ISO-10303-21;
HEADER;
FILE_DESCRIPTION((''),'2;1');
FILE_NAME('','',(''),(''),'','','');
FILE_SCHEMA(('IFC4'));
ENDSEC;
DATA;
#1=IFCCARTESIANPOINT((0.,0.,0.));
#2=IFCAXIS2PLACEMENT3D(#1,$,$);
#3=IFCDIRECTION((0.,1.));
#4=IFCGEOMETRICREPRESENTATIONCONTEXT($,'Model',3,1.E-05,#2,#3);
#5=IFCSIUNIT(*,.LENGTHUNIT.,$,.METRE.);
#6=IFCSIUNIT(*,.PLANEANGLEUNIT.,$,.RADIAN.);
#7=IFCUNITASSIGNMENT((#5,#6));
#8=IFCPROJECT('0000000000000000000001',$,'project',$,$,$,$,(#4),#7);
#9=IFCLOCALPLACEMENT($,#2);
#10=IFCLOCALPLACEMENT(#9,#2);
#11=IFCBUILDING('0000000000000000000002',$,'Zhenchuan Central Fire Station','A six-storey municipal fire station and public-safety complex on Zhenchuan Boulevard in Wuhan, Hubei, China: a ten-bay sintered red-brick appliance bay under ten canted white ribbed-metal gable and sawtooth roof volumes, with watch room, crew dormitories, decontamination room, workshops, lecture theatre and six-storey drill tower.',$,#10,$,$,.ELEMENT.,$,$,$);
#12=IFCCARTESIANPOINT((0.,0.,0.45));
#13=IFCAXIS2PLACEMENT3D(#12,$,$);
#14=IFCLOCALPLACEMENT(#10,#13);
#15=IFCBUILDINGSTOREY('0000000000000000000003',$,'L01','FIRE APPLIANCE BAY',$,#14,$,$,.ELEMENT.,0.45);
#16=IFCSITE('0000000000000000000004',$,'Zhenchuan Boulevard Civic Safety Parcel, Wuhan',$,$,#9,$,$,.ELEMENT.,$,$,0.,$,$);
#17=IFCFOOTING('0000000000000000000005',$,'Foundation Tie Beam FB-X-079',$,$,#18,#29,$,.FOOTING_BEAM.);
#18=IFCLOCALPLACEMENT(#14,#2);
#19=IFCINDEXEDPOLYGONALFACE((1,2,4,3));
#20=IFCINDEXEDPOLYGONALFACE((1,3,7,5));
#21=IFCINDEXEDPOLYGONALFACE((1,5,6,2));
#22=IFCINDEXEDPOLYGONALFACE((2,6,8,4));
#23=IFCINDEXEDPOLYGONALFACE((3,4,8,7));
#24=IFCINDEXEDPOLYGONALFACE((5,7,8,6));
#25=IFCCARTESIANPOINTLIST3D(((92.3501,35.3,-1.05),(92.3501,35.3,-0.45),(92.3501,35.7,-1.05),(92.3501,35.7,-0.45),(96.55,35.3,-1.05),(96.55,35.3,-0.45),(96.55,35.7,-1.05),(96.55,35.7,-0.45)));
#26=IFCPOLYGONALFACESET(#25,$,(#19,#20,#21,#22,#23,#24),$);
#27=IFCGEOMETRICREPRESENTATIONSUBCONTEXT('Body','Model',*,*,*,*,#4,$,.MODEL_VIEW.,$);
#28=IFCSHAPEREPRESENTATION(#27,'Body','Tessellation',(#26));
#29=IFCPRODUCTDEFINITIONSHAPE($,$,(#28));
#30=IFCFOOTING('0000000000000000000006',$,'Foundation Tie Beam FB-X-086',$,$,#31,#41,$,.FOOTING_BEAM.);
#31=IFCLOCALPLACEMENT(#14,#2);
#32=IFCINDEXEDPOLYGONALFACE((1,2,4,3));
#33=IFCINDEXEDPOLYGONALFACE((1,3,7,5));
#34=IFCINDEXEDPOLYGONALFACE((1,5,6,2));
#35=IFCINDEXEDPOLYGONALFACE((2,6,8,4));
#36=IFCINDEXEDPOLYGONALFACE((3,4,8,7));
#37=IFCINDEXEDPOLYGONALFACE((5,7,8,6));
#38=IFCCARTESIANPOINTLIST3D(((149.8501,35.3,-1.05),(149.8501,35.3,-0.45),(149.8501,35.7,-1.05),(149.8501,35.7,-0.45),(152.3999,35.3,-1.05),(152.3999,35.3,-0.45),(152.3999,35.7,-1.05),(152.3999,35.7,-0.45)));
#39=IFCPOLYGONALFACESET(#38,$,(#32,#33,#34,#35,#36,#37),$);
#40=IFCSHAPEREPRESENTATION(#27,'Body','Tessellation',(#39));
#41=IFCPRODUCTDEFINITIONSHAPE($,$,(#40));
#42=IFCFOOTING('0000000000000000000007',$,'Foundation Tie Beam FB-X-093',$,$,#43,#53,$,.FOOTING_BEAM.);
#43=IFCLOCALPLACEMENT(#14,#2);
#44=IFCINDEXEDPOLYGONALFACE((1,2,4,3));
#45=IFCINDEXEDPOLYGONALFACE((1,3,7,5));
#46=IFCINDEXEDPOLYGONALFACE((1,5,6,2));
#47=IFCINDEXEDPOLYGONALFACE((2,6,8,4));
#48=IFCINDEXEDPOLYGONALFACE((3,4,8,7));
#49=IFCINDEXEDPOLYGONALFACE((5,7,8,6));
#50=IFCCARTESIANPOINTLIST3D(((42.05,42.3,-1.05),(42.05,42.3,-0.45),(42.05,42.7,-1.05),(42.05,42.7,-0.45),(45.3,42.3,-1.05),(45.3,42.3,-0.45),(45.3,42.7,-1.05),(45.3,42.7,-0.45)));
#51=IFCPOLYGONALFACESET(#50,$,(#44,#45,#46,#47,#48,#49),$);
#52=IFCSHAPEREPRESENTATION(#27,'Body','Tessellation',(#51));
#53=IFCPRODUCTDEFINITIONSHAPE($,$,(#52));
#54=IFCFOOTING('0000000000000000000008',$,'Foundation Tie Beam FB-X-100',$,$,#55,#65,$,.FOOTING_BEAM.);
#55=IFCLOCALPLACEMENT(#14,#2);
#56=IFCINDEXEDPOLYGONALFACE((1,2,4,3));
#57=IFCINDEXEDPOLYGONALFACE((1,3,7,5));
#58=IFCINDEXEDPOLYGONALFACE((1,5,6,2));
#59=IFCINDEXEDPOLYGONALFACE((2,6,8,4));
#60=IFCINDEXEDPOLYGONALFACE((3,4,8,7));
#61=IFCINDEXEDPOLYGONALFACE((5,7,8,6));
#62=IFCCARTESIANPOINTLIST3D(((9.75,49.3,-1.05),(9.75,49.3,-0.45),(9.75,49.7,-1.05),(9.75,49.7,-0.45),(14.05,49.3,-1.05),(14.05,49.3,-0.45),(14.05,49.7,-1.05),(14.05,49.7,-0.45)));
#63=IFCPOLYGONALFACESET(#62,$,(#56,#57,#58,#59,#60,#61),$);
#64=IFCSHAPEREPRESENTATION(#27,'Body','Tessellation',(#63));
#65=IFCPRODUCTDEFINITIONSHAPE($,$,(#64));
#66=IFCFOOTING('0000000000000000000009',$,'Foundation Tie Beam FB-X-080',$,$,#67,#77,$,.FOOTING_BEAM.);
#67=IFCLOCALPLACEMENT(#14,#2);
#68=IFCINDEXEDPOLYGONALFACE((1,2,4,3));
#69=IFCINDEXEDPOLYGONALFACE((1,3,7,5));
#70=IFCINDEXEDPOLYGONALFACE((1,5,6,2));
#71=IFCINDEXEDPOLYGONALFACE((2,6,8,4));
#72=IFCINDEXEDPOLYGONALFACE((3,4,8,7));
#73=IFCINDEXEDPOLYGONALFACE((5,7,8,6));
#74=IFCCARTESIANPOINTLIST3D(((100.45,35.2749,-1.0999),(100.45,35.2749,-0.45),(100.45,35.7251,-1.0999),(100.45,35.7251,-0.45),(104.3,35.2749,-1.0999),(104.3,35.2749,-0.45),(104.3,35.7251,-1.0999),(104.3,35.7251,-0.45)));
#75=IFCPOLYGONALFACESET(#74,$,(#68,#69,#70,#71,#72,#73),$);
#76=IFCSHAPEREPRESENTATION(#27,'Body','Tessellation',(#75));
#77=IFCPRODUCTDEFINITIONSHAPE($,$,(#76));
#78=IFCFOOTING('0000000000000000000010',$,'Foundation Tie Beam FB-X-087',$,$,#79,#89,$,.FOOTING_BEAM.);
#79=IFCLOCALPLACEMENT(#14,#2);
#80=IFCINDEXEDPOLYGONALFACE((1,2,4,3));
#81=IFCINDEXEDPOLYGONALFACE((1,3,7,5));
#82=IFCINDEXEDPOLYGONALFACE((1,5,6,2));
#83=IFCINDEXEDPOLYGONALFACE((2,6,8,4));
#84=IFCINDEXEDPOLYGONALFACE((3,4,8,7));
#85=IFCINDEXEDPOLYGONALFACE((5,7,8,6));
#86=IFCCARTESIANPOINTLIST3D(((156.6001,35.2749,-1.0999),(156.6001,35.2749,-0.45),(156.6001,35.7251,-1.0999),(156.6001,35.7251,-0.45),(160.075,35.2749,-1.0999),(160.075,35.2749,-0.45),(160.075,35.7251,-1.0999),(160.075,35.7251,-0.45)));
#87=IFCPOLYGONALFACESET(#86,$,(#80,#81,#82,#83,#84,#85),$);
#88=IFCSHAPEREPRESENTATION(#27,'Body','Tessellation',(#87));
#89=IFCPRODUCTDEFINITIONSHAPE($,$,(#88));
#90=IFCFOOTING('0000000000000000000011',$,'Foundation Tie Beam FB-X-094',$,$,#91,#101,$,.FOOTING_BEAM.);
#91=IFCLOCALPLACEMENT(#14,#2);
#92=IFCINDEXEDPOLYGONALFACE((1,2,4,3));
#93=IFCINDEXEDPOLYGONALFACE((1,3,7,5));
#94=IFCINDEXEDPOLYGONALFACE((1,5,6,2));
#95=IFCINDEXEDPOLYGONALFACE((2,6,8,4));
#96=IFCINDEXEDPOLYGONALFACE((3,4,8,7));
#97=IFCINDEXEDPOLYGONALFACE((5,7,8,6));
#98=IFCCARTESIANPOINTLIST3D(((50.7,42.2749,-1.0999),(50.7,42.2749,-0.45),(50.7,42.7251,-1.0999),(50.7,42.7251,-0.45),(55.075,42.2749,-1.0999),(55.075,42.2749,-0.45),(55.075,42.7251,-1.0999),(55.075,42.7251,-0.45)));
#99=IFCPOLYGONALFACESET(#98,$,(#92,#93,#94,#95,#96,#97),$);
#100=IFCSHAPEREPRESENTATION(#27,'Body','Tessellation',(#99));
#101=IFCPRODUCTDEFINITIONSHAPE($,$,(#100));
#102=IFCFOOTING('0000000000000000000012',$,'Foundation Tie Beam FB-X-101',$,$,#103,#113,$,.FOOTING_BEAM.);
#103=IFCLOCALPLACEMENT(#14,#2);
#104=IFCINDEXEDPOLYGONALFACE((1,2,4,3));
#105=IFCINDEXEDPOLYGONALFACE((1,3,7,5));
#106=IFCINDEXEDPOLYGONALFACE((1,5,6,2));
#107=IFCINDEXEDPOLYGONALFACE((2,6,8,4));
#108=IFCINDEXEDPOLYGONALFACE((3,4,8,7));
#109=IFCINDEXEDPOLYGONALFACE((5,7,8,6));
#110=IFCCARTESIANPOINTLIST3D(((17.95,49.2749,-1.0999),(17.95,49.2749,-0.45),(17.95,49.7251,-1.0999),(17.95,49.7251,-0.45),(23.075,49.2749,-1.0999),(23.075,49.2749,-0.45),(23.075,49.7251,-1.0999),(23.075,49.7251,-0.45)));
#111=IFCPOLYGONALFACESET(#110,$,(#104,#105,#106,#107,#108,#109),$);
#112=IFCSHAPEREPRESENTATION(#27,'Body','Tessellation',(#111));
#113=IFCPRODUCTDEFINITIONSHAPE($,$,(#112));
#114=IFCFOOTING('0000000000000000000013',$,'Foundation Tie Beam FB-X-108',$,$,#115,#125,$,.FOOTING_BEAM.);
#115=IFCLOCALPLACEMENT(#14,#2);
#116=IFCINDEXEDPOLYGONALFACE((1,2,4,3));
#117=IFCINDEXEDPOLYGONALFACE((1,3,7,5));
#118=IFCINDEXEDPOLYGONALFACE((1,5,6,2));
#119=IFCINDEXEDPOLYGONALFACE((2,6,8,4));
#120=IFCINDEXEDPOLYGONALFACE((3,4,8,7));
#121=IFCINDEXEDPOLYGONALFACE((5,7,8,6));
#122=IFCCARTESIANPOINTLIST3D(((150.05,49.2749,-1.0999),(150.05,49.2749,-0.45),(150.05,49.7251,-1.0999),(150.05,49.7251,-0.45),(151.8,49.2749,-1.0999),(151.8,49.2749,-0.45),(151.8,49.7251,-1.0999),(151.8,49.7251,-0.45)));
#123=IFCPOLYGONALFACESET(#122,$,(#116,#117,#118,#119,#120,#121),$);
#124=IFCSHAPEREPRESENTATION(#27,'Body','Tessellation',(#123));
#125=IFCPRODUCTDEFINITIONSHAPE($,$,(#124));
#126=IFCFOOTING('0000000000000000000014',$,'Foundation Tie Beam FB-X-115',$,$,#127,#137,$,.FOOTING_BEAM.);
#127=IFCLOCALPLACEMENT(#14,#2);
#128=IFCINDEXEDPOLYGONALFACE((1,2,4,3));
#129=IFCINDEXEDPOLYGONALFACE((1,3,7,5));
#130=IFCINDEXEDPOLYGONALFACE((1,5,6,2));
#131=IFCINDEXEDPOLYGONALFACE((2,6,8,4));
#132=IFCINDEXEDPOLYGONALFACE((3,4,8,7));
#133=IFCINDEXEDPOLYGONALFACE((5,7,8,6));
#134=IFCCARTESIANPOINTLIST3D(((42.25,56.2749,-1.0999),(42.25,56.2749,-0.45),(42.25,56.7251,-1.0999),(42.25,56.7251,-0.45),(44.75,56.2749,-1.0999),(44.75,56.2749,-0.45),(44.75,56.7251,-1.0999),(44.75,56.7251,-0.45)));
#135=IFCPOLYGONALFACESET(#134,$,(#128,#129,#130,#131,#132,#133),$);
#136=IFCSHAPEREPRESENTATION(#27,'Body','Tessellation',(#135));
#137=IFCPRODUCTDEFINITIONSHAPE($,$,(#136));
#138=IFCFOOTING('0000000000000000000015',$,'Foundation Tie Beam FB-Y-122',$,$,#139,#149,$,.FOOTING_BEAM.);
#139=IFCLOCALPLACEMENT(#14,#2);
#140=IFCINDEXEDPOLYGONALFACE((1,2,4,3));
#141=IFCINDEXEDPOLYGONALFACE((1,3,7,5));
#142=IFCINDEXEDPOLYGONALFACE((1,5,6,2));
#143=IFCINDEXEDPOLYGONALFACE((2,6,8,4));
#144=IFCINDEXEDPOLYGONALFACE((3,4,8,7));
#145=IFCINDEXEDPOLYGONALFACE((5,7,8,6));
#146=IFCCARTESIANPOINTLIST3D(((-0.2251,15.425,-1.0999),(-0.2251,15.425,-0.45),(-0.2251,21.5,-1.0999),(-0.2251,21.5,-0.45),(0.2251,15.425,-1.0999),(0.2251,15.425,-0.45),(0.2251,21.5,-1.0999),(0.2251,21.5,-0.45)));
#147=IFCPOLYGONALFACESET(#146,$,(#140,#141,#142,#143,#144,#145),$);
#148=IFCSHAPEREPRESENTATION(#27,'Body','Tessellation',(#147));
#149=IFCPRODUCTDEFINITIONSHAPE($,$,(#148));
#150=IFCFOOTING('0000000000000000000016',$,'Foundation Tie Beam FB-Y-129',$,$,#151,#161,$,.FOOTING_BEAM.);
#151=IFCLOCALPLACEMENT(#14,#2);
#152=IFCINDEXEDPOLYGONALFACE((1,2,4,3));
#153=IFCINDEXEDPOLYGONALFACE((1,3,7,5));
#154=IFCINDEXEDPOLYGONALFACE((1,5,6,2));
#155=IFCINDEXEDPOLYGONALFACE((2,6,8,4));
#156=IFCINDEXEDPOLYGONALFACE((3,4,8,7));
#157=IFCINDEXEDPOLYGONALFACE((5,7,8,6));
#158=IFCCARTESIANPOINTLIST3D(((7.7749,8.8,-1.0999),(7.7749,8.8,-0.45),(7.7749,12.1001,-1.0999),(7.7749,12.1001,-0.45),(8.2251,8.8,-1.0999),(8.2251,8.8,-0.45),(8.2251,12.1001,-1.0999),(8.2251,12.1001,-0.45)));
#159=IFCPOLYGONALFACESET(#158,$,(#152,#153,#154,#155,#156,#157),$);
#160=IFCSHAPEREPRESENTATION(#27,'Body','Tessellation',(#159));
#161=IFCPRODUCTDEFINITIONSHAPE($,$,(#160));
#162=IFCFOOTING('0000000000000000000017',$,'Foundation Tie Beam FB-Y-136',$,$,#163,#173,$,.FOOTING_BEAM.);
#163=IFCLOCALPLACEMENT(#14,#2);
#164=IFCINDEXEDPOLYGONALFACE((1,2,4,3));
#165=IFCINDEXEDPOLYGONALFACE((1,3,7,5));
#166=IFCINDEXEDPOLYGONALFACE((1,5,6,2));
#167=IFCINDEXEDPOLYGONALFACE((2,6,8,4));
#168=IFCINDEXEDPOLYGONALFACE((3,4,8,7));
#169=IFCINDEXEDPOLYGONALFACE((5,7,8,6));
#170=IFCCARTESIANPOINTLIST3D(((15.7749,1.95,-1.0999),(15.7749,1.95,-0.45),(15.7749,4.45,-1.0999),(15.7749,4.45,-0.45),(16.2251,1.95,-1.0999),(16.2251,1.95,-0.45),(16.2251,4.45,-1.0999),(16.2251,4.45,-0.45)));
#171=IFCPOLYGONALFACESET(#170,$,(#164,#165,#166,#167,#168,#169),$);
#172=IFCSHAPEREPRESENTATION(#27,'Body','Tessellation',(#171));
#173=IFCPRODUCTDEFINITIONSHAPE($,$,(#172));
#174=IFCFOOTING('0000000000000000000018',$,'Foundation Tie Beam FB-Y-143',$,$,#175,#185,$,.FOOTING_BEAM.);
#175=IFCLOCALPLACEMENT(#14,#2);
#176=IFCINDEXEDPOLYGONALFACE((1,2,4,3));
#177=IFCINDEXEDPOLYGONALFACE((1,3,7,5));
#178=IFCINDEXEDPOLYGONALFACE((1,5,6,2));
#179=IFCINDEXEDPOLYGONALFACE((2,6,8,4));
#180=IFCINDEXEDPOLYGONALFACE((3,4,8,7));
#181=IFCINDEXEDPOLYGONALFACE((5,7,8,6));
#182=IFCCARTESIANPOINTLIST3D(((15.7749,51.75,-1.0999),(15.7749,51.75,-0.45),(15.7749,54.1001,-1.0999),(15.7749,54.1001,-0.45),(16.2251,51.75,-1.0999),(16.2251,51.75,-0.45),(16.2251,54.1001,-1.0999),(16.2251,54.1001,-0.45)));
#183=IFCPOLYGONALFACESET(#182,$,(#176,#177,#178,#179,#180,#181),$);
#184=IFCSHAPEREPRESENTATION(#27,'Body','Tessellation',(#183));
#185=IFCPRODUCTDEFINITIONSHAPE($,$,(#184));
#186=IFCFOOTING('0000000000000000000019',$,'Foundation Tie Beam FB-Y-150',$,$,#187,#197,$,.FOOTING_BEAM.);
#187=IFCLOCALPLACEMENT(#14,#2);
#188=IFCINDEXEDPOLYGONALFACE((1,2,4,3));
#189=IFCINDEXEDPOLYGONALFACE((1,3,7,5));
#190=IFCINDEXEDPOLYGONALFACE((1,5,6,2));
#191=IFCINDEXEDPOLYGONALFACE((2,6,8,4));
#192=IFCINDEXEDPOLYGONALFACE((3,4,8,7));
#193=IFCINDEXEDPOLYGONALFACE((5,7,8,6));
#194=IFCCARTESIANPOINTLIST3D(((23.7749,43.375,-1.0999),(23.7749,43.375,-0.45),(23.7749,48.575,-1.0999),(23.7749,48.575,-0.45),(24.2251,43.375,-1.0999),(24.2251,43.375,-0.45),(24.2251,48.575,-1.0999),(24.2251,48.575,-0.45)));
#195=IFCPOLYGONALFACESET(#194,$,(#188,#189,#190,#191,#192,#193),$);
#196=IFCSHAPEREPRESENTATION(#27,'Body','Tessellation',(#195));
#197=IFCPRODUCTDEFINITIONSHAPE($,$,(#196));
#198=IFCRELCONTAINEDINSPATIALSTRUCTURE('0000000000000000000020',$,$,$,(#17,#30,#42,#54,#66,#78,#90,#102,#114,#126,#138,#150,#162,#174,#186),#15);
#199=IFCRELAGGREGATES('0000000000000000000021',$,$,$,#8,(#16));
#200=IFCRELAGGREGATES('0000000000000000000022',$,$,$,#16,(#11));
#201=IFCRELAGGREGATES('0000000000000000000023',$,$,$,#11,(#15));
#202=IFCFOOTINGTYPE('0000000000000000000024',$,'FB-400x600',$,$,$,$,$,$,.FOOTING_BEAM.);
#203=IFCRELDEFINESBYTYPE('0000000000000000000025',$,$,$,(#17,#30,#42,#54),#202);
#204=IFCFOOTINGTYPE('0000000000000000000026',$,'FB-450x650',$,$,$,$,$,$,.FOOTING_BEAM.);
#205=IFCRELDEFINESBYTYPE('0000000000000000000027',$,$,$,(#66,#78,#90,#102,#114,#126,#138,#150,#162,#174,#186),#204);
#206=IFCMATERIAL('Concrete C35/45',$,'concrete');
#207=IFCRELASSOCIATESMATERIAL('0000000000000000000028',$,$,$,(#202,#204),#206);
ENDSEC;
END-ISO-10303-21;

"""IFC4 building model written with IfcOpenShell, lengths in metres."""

from ifc_helpers import new_model, si_unit, direction, frame, origin, place, context, subcontext, project, spatial, polyline, outline, extrude, material, type_object, element, save


model = new_model("IFC4")

# Units and contexts
model_context = context("Model", 3, precision=1e-05, world=origin(), true_north=direction((0.0, 1.0)))
body_context = subcontext(model_context, "Body", "Model", "MODEL_VIEW")
ifc_project = project(units=[si_unit("LENGTHUNIT", "METRE"), si_unit("PLANEANGLEUNIT", "RADIAN")], contexts=[model_context])

# Site, building, storey
site_placement = place(None, origin())
site = spatial("IfcSite", under=ifc_project, at=site_placement, Name="Zhenchuan Boulevard Civic Safety Parcel, Wuhan", CompositionType="ELEMENT", RefElevation=0.0)
building_placement = place(site_placement, origin())
building = spatial("IfcBuilding", under=site, at=building_placement, Name="Zhenchuan Central Fire Station", Description="A six-storey municipal fire station and public-safety complex on Zhenchuan Boulevard in Wuhan, Hubei, China: a ten-bay sintered red-brick appliance bay under ten canted white ribbed-metal gable and sawtooth roof volumes, with watch room, crew dormitories, decontamination room, workshops, lecture theatre and six-storey drill tower.", CompositionType="ELEMENT")
storey_placement = place(building_placement, frame((0.0, 0.0, 0.45)))
storey = spatial("IfcBuildingStorey", under=building, at=storey_placement, Name="L01", Description="FIRE APPLIANCE BAY", CompositionType="ELEMENT", Elevation=0.45)

# Footings
ifc_material = material(Name="Concrete C35/45", Category="concrete")
footing_type_1 = type_object("IfcFootingType", Name="FB-400x600", PredefinedType="FOOTING_BEAM", material=ifc_material)
footing_1_placement = place(storey_placement, frame((0.0, 0.0, -1.05)))
element("IfcFooting", 1, at=footing_1_placement, inside=storey, type_object=footing_type_1, Name="Foundation Tie Beam FB-X-079", PredefinedType="FOOTING_BEAM", context=body_context, shape_type="SweptSolid", body=[
    extrude(outline(polyline([(92.3501, 35.3), (96.55, 35.3), (96.55, 35.7), (92.3501, 35.7), (92.3501, 35.3)])), origin(), (0.0, 0.0, 1.0), 0.6001),
])
footing_2_placement = place(storey_placement, frame((0.0, 0.0, -1.05)))
element("IfcFooting", 2, at=footing_2_placement, inside=storey, type_object=footing_type_1, Name="Foundation Tie Beam FB-X-086", PredefinedType="FOOTING_BEAM", context=body_context, shape_type="SweptSolid", body=[
    extrude(outline(polyline([(149.8501, 35.3), (152.3999, 35.3), (152.3999, 35.7), (149.8501, 35.7), (149.8501, 35.3)])), origin(), (0.0, 0.0, 1.0), 0.6001),
])
footing_3_placement = place(storey_placement, frame((0.0, 0.0, -1.05)))
element("IfcFooting", 3, at=footing_3_placement, inside=storey, type_object=footing_type_1, Name="Foundation Tie Beam FB-X-093", PredefinedType="FOOTING_BEAM", context=body_context, shape_type="SweptSolid", body=[
    extrude(outline(polyline([(42.05, 42.3), (45.3, 42.3), (45.3, 42.7), (42.05, 42.7), (42.05, 42.3)])), origin(), (0.0, 0.0, 1.0), 0.6001),
])
footing_4_placement = place(storey_placement, frame((0.0, 0.0, -1.05)))
element("IfcFooting", 4, at=footing_4_placement, inside=storey, type_object=footing_type_1, Name="Foundation Tie Beam FB-X-100", PredefinedType="FOOTING_BEAM", context=body_context, shape_type="SweptSolid", body=[
    extrude(outline(polyline([(9.75, 49.3), (14.05, 49.3), (14.05, 49.7), (9.75, 49.7), (9.75, 49.3)])), origin(), (0.0, 0.0, 1.0), 0.6001),
])
footing_type_2 = type_object("IfcFootingType", Name="FB-450x650", PredefinedType="FOOTING_BEAM", material=ifc_material)
footing_5_placement = place(storey_placement, frame((0.0, 0.0, -1.0999)))
element("IfcFooting", 5, at=footing_5_placement, inside=storey, type_object=footing_type_2, Name="Foundation Tie Beam FB-X-080", PredefinedType="FOOTING_BEAM", context=body_context, shape_type="SweptSolid", body=[
    extrude(outline(polyline([(100.45, 35.2749), (104.3, 35.2749), (104.3, 35.7251), (100.45, 35.7251), (100.45, 35.2749)])), origin(), (0.0, 0.0, 1.0), 0.6499),
])
footing_6_placement = place(storey_placement, frame((0.0, 0.0, -1.0999)))
element("IfcFooting", 6, at=footing_6_placement, inside=storey, type_object=footing_type_2, Name="Foundation Tie Beam FB-X-087", PredefinedType="FOOTING_BEAM", context=body_context, shape_type="SweptSolid", body=[
    extrude(outline(polyline([(156.6001, 35.2749), (160.075, 35.2749), (160.075, 35.7251), (156.6001, 35.7251), (156.6001, 35.2749)])), origin(), (0.0, 0.0, 1.0), 0.6499),
])
footing_7_placement = place(storey_placement, frame((0.0, 0.0, -1.0999)))
element("IfcFooting", 7, at=footing_7_placement, inside=storey, type_object=footing_type_2, Name="Foundation Tie Beam FB-X-094", PredefinedType="FOOTING_BEAM", context=body_context, shape_type="SweptSolid", body=[
    extrude(outline(polyline([(50.7, 42.2749), (55.075, 42.2749), (55.075, 42.7251), (50.7, 42.7251), (50.7, 42.2749)])), origin(), (0.0, 0.0, 1.0), 0.6499),
])
footing_8_placement = place(storey_placement, frame((0.0, 0.0, -1.0999)))
element("IfcFooting", 8, at=footing_8_placement, inside=storey, type_object=footing_type_2, Name="Foundation Tie Beam FB-X-101", PredefinedType="FOOTING_BEAM", context=body_context, shape_type="SweptSolid", body=[
    extrude(outline(polyline([(17.95, 49.2749), (23.075, 49.2749), (23.075, 49.7251), (17.95, 49.7251), (17.95, 49.2749)])), origin(), (0.0, 0.0, 1.0), 0.6499),
])
footing_9_placement = place(storey_placement, frame((0.0, 0.0, -1.0999)))
element("IfcFooting", 9, at=footing_9_placement, inside=storey, type_object=footing_type_2, Name="Foundation Tie Beam FB-X-108", PredefinedType="FOOTING_BEAM", context=body_context, shape_type="SweptSolid", body=[
    extrude(outline(polyline([(150.05, 49.2749), (151.8, 49.2749), (151.8, 49.7251), (150.05, 49.7251), (150.05, 49.2749)])), origin(), (0.0, 0.0, 1.0), 0.6499),
])
footing_10_placement = place(storey_placement, frame((0.0, 0.0, -1.0999)))
element("IfcFooting", 10, at=footing_10_placement, inside=storey, type_object=footing_type_2, Name="Foundation Tie Beam FB-X-115", PredefinedType="FOOTING_BEAM", context=body_context, shape_type="SweptSolid", body=[
    extrude(outline(polyline([(42.25, 56.2749), (44.75, 56.2749), (44.75, 56.7251), (42.25, 56.7251), (42.25, 56.2749)])), origin(), (0.0, 0.0, 1.0), 0.6499),
])
footing_11_placement = place(storey_placement, frame((0.0, 0.0, -1.0999)))
element("IfcFooting", 11, at=footing_11_placement, inside=storey, type_object=footing_type_2, Name="Foundation Tie Beam FB-Y-122", PredefinedType="FOOTING_BEAM", context=body_context, shape_type="SweptSolid", body=[
    extrude(outline(polyline([(-0.2251, 15.425), (0.2251, 15.425), (0.2251, 21.5), (-0.2251, 21.5), (-0.2251, 15.425)])), origin(), (0.0, 0.0, 1.0), 0.6499),
])
footing_12_placement = place(storey_placement, frame((0.0, 0.0, -1.0999)))
element("IfcFooting", 12, at=footing_12_placement, inside=storey, type_object=footing_type_2, Name="Foundation Tie Beam FB-Y-129", PredefinedType="FOOTING_BEAM", context=body_context, shape_type="SweptSolid", body=[
    extrude(outline(polyline([(7.7749, 8.8), (8.2251, 8.8), (8.2251, 12.1001), (7.7749, 12.1001), (7.7749, 8.8)])), origin(), (0.0, 0.0, 1.0), 0.6499),
])
footing_13_placement = place(storey_placement, frame((0.0, 0.0, -1.0999)))
element("IfcFooting", 13, at=footing_13_placement, inside=storey, type_object=footing_type_2, Name="Foundation Tie Beam FB-Y-136", PredefinedType="FOOTING_BEAM", context=body_context, shape_type="SweptSolid", body=[
    extrude(outline(polyline([(15.7749, 1.95), (16.2251, 1.95), (16.2251, 4.45), (15.7749, 4.45), (15.7749, 1.95)])), origin(), (0.0, 0.0, 1.0), 0.6499),
])
footing_14_placement = place(storey_placement, frame((0.0, 0.0, -1.0999)))
element("IfcFooting", 14, at=footing_14_placement, inside=storey, type_object=footing_type_2, Name="Foundation Tie Beam FB-Y-143", PredefinedType="FOOTING_BEAM", context=body_context, shape_type="SweptSolid", body=[
    extrude(outline(polyline([(15.7749, 51.75), (16.2251, 51.75), (16.2251, 54.1001), (15.7749, 54.1001), (15.7749, 51.75)])), origin(), (0.0, 0.0, 1.0), 0.6499),
])
footing_15_placement = place(storey_placement, frame((0.0, 0.0, -1.0999)))
element("IfcFooting", 15, at=footing_15_placement, inside=storey, type_object=footing_type_2, Name="Foundation Tie Beam FB-Y-150", PredefinedType="FOOTING_BEAM", context=body_context, shape_type="SweptSolid", body=[
    extrude(outline(polyline([(23.7749, 43.375), (24.2251, 43.375), (24.2251, 48.575), (23.7749, 48.575), (23.7749, 43.375)])), origin(), (0.0, 0.0, 1.0), 0.6499),
])

save(model, "model.ifc")
